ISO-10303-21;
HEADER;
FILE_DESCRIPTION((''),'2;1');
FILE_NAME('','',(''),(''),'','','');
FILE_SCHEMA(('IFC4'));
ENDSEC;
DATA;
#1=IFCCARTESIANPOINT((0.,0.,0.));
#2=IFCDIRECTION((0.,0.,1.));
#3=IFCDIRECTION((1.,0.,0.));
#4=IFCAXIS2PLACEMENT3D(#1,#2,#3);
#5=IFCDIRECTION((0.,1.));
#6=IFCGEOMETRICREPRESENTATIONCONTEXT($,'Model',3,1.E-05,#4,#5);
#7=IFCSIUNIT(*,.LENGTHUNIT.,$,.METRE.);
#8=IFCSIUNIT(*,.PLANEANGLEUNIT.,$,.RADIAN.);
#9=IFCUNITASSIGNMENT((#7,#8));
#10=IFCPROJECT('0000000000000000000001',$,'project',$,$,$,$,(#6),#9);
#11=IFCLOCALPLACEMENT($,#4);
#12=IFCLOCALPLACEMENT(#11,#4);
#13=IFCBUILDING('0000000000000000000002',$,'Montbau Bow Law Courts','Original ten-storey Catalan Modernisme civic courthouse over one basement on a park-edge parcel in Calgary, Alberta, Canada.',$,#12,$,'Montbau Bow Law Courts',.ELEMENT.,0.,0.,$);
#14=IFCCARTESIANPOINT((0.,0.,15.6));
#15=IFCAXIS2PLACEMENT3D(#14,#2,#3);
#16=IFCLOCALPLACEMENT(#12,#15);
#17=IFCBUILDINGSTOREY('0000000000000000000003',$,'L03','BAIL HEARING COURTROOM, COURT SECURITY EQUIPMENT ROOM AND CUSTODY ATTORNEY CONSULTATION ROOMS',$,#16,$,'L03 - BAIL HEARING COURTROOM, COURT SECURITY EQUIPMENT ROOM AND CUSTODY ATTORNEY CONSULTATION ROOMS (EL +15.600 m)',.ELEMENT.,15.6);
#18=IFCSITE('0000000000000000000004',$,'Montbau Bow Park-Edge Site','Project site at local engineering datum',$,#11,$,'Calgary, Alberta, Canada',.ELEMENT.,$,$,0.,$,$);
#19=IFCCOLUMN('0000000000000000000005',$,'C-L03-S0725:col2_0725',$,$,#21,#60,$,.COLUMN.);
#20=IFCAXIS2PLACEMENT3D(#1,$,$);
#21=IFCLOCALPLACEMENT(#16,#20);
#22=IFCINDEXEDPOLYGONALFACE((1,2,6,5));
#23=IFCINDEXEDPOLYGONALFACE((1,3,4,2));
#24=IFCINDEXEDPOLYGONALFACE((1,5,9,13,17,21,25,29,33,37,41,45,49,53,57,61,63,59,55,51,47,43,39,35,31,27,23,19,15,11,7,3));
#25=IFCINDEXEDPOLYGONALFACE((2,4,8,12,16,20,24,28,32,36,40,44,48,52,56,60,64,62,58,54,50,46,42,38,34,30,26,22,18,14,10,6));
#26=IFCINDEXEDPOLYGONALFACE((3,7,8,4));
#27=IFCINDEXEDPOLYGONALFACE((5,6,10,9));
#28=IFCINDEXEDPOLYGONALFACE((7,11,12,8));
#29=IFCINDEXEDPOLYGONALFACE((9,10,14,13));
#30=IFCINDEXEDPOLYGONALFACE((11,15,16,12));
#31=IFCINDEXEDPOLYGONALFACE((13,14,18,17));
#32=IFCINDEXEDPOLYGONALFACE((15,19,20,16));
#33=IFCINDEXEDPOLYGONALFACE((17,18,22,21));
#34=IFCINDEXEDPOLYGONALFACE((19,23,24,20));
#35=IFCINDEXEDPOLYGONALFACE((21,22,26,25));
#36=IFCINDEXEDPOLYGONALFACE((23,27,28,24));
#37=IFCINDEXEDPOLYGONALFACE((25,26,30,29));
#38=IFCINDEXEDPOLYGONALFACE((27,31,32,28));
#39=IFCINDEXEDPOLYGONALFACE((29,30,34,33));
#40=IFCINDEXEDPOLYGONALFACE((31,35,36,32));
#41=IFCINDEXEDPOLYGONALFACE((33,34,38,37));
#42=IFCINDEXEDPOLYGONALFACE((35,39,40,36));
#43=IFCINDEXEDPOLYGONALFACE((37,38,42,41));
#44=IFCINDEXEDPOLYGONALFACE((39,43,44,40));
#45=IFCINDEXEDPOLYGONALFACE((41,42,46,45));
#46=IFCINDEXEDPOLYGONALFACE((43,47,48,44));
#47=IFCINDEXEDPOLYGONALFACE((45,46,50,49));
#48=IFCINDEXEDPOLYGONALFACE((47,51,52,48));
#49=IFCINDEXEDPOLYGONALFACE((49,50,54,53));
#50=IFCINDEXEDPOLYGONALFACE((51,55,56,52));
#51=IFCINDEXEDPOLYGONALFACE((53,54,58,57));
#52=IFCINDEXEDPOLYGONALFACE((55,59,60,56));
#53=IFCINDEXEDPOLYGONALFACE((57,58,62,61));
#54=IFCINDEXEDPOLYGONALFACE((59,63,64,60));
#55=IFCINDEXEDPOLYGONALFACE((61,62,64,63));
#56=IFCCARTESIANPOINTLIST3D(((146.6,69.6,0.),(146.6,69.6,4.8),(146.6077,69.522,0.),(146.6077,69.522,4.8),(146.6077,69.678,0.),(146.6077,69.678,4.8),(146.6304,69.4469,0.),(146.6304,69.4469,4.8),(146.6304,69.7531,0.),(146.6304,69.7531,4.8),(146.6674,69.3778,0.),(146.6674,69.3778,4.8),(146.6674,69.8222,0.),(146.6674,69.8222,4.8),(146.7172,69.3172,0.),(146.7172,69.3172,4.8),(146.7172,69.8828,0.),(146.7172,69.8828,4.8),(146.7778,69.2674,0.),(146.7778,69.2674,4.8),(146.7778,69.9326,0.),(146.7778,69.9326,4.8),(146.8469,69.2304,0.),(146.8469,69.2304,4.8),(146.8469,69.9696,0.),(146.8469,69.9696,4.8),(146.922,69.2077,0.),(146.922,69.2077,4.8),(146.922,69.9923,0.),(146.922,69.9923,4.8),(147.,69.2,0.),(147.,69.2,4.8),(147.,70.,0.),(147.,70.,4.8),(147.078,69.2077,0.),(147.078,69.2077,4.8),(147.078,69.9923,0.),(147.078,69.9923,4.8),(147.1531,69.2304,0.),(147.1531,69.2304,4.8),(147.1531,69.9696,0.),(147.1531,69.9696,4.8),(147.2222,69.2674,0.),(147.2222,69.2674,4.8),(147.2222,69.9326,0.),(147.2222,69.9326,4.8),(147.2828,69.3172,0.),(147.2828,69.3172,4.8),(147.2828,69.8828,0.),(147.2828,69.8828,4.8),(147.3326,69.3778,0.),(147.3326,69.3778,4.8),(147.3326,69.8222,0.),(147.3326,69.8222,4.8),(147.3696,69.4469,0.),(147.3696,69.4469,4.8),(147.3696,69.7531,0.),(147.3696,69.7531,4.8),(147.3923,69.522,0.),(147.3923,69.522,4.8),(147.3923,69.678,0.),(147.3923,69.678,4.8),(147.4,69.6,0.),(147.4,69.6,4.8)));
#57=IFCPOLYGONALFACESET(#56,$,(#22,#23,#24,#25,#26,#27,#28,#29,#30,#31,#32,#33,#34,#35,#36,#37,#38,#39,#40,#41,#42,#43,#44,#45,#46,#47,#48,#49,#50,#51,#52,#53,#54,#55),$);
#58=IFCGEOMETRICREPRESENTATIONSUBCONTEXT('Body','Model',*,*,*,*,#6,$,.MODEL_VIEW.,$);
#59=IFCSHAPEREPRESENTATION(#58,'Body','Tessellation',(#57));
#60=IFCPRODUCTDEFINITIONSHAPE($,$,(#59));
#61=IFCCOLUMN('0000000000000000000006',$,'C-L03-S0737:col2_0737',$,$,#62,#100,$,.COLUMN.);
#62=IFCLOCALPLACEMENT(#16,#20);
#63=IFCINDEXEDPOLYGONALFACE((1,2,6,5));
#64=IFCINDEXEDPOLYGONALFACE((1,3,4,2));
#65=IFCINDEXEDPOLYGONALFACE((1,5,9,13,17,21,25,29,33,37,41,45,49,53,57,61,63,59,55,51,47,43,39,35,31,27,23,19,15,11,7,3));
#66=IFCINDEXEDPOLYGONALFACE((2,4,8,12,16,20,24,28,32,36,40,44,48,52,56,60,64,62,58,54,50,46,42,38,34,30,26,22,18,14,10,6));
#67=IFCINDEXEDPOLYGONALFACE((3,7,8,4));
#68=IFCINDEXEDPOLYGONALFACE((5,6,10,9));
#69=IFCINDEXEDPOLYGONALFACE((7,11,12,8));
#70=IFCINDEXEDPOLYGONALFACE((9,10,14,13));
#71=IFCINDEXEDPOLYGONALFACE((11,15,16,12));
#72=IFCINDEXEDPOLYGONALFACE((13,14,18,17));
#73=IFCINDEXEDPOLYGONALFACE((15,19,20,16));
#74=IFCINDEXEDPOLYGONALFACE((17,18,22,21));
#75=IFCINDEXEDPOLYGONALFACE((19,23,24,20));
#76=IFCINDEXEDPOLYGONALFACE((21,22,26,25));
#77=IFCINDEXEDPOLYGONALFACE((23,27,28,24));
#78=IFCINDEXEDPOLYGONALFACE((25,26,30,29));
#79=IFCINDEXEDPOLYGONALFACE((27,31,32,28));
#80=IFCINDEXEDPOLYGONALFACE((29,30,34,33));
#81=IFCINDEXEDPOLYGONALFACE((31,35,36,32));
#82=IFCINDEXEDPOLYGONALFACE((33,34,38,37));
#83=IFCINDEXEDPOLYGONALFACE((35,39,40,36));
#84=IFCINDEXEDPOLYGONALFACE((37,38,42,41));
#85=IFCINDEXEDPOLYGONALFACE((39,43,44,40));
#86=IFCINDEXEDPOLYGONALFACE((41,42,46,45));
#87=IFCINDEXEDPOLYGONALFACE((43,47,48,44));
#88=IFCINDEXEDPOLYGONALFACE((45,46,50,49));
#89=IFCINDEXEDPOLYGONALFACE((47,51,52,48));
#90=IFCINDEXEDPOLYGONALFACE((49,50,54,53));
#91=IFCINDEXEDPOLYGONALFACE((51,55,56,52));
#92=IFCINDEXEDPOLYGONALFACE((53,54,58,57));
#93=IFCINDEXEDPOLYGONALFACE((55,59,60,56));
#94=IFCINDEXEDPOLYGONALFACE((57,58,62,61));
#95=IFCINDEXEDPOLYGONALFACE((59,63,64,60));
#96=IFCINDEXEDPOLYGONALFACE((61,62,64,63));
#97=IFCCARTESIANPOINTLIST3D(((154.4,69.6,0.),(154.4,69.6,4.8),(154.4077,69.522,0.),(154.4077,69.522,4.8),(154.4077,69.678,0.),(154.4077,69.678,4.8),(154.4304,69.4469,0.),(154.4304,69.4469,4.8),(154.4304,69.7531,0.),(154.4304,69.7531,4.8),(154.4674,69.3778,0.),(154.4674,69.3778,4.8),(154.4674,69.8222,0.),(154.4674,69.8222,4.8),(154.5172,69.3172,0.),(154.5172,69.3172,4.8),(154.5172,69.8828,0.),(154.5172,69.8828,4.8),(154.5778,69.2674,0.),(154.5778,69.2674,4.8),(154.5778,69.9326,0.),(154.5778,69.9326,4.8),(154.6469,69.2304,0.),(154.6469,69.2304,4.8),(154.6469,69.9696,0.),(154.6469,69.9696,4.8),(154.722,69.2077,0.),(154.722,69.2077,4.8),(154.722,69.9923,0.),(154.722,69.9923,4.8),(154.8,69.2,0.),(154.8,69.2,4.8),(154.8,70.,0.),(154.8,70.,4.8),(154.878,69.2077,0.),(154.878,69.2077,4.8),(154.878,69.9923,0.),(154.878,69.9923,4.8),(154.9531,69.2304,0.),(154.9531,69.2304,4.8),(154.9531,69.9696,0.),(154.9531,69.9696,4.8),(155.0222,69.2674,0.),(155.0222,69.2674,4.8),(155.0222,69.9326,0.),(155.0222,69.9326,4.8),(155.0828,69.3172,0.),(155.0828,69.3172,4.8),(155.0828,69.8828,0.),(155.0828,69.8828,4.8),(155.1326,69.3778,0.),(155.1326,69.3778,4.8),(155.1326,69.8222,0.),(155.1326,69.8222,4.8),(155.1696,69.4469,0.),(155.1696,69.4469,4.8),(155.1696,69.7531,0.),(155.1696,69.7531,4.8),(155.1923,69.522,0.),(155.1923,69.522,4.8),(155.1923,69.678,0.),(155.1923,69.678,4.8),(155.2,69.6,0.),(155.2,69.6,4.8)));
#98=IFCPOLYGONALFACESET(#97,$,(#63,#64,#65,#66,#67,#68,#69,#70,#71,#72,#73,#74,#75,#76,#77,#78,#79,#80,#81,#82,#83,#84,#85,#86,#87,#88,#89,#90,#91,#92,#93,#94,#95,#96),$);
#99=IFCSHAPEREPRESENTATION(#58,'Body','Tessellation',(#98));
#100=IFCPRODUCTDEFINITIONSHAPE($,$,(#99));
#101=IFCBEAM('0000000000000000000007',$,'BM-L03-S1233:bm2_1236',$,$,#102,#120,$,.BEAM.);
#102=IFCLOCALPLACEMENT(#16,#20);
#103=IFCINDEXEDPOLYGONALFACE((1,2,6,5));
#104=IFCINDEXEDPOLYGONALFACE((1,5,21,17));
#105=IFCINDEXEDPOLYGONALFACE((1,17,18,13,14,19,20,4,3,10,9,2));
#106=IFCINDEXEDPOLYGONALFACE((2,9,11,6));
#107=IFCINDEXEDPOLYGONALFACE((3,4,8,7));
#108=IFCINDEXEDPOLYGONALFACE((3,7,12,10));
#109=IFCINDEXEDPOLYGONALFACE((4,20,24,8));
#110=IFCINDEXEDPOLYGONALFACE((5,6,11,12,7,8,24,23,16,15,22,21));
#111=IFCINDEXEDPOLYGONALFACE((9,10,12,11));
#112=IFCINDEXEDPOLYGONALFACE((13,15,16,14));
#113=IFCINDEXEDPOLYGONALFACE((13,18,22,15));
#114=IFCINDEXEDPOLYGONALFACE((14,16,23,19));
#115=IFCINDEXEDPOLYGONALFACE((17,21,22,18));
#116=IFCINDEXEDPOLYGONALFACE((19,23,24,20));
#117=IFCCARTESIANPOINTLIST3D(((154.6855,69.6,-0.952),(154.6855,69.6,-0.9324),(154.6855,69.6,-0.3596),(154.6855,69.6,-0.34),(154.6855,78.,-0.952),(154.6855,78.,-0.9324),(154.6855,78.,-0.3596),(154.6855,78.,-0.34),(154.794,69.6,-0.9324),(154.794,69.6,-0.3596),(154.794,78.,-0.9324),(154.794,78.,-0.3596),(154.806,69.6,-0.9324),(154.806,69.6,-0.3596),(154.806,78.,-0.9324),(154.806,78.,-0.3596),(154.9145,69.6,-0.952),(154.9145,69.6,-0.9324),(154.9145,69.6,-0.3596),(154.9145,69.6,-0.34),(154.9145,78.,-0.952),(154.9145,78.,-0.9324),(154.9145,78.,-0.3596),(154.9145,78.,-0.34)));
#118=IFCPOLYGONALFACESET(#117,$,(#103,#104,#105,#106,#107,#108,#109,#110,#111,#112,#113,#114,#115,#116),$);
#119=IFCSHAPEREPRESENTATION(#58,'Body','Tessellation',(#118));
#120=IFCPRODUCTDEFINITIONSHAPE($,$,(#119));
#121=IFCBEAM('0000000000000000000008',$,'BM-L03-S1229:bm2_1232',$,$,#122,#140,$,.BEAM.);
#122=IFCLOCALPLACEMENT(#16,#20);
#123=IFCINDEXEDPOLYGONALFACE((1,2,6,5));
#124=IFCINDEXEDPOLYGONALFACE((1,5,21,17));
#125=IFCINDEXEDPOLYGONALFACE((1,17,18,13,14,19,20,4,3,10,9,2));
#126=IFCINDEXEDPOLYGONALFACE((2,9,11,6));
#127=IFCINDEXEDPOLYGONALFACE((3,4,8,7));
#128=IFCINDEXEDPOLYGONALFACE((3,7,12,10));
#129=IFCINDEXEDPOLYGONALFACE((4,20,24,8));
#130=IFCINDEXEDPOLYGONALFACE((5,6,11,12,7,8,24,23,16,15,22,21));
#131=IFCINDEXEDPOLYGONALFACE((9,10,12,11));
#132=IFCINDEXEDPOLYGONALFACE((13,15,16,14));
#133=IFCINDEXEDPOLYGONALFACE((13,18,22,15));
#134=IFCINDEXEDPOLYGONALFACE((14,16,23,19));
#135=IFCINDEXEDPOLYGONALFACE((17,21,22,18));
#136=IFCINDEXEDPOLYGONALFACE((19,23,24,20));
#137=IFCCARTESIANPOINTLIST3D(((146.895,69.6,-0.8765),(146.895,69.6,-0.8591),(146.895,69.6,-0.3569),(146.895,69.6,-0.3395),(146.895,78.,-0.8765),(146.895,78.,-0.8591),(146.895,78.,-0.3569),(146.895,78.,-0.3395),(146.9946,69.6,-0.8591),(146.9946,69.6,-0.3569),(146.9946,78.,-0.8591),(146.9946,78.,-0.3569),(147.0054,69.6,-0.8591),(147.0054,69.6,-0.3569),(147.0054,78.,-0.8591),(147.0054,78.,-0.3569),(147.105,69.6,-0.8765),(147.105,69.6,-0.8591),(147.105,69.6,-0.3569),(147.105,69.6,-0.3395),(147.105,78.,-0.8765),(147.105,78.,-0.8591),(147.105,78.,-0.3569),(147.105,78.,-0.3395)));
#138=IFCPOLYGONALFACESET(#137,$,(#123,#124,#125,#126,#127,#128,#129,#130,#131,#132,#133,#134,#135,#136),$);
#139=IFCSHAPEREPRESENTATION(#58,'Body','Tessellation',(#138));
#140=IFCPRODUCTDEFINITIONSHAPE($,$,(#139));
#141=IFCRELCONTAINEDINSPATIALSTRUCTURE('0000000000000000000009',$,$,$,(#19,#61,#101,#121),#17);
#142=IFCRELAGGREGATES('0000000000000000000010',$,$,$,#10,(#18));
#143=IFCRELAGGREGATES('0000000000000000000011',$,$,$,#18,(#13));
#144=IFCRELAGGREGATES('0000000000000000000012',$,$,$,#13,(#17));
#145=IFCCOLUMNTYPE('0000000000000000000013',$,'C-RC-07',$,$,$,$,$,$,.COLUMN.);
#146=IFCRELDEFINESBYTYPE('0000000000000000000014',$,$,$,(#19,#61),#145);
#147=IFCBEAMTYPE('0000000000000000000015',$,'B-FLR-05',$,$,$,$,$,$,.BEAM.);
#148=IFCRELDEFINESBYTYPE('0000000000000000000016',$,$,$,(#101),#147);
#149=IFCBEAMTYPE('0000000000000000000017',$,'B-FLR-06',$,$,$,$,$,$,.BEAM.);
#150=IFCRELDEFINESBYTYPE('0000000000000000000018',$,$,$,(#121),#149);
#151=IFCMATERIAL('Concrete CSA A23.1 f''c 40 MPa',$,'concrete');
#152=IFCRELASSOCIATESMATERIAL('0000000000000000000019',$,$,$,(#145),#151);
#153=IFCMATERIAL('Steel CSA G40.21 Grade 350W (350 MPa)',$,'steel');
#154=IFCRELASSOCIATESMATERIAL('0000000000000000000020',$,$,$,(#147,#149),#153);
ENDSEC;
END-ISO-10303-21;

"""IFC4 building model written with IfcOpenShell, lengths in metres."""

from ifc_helpers import new_model, si_unit, direction, frame, origin_with_axes, origin_2d_with_axis, place, context, subcontext, project, spatial, circle, i_section, extrude, material, material_profile, profile_set, type_object, element, save


model = new_model("IFC4")

# Units and contexts
model_context = context("Model", 3, precision=1e-05, world=origin_with_axes(), true_north=direction((0.0, 1.0)))
body_context = subcontext(model_context, "Body", "Model", "MODEL_VIEW")
ifc_project = project(units=[si_unit("LENGTHUNIT", "METRE"), si_unit("PLANEANGLEUNIT", "RADIAN")], contexts=[model_context])

# Site, building, storey
site_placement = place(None, origin_with_axes())
site = spatial("IfcSite", under=ifc_project, at=site_placement, Name="Montbau Bow Park-Edge Site", Description="Project site at local engineering datum", LongName="Calgary, Alberta, Canada", CompositionType="ELEMENT", RefElevation=0.0)
building_placement = place(site_placement, origin_with_axes())
building = spatial("IfcBuilding", under=site, at=building_placement, Name="Montbau Bow Law Courts", Description="Original ten-storey Catalan Modernisme civic courthouse over one basement on a park-edge parcel in Calgary, Alberta, Canada.", LongName="Montbau Bow Law Courts", CompositionType="ELEMENT", ElevationOfRefHeight=0.0, ElevationOfTerrain=0.0)
storey_placement = place(building_placement, frame((0.0, 0.0, 15.6), z_axis=(0.0, 0.0, 1.0), x_axis=(1.0, 0.0, 0.0)))
storey = spatial("IfcBuildingStorey", under=building, at=storey_placement, Name="L03", Description="BAIL HEARING COURTROOM, COURT SECURITY EQUIPMENT ROOM AND CUSTODY ATTORNEY CONSULTATION ROOMS", LongName="L03 - BAIL HEARING COURTROOM, COURT SECURITY EQUIPMENT ROOM AND CUSTODY ATTORNEY CONSULTATION ROOMS (EL +15.600 m)", CompositionType="ELEMENT", Elevation=15.6)

# Columns
ifc_material_1 = material(Name="Concrete CSA A23.1 f'c 40 MPa", Category="concrete")
ifc_material_profile_1 = material_profile(ifc_material_1, circle(Radius=0.4, at=origin_2d_with_axis()), Name="RC800D", Category="Main", Priority=0)
ifc_profile_set_1 = profile_set([ifc_material_profile_1], Name="Concrete CSA A23.1 f'c 40 MPa")
column_type = type_object("IfcColumnType", Name="C-RC-07", PredefinedType="COLUMN", material=ifc_profile_set_1)
for number, where, z_axis, x_axis, name in (
    (1, (147.0, 69.6, 15.6), (0.0, 0.0, 1.0), (1.0, 0.0, 0.0), "C-L03-S0725:col2_0725"),
    (2, (154.8, 69.6, 15.6), (0.0, 0.0, 1.0), (1.0, 0.0, 0.0), "C-L03-S0737:col2_0737"),
):
    element("IfcColumn", number, at=place(None, frame(where, z_axis=z_axis, x_axis=x_axis)), inside=storey, type_object=column_type, Name=name, PredefinedType="COLUMN", context=body_context, shape_type="SweptSolid", body=[
        extrude(circle(Radius=0.4, at=origin_2d_with_axis()), origin_with_axes(), (0.0, 0.0, 1.0), 4.8),
    ])

# Beams
ifc_material_2 = material(Name="Steel CSA G40.21 Grade 350W (350 MPa)", Category="steel")
ifc_material_profile_2 = material_profile(ifc_material_2, i_section(OverallWidth=0.229, OverallDepth=0.612, WebThickness=0.0119, FlangeThickness=0.0196, at=origin_2d_with_axis()), Name="W610X125", Category="Main", Priority=0)
ifc_profile_set_2 = profile_set([ifc_material_profile_2], Name="Steel CSA G40.21 Grade 350W (350 MPa)")
beam_type_1 = type_object("IfcBeamType", Name="B-FLR-05", PredefinedType="BEAM", material=ifc_profile_set_2)
beam_1_placement = place(None, frame((154.8, 69.6, 14.954), z_axis=(0.0, 1.0, 0.0), x_axis=(-1.0, 0.0, 0.0)))
element("IfcBeam", 3, at=beam_1_placement, inside=storey, type_object=beam_type_1, Name="BM-L03-S1233:bm2_1236", PredefinedType="BEAM", context=body_context, shape_type="SweptSolid", body=[
    extrude(i_section(OverallWidth=0.229, OverallDepth=0.612, WebThickness=0.0119, FlangeThickness=0.0196, at=origin_2d_with_axis()), origin_with_axes(), (0.0, 0.0, 1.0), 8.4),
])
ifc_material_profile_3 = material_profile(ifc_material_2, i_section(OverallWidth=0.21, OverallDepth=0.537, WebThickness=0.0109, FlangeThickness=0.0174, at=origin_2d_with_axis()), Name="W530X101", Category="Main", Priority=0)
ifc_profile_set_3 = profile_set([ifc_material_profile_3], Name="Steel CSA G40.21 Grade 350W (350 MPa)")
beam_type_2 = type_object("IfcBeamType", Name="B-FLR-06", PredefinedType="BEAM", material=ifc_profile_set_3)
beam_2_placement = place(None, frame((147.0, 69.6, 14.992), z_axis=(0.0, 1.0, 0.0), x_axis=(-1.0, 0.0, 0.0)))
element("IfcBeam", 4, at=beam_2_placement, inside=storey, type_object=beam_type_2, Name="BM-L03-S1229:bm2_1232", PredefinedType="BEAM", context=body_context, shape_type="SweptSolid", body=[
    extrude(i_section(OverallWidth=0.21, OverallDepth=0.537, WebThickness=0.0109, FlangeThickness=0.0174, at=origin_2d_with_axis()), origin_with_axes(), (0.0, 0.0, 1.0), 8.4),
])

save(model, "model.ifc")
